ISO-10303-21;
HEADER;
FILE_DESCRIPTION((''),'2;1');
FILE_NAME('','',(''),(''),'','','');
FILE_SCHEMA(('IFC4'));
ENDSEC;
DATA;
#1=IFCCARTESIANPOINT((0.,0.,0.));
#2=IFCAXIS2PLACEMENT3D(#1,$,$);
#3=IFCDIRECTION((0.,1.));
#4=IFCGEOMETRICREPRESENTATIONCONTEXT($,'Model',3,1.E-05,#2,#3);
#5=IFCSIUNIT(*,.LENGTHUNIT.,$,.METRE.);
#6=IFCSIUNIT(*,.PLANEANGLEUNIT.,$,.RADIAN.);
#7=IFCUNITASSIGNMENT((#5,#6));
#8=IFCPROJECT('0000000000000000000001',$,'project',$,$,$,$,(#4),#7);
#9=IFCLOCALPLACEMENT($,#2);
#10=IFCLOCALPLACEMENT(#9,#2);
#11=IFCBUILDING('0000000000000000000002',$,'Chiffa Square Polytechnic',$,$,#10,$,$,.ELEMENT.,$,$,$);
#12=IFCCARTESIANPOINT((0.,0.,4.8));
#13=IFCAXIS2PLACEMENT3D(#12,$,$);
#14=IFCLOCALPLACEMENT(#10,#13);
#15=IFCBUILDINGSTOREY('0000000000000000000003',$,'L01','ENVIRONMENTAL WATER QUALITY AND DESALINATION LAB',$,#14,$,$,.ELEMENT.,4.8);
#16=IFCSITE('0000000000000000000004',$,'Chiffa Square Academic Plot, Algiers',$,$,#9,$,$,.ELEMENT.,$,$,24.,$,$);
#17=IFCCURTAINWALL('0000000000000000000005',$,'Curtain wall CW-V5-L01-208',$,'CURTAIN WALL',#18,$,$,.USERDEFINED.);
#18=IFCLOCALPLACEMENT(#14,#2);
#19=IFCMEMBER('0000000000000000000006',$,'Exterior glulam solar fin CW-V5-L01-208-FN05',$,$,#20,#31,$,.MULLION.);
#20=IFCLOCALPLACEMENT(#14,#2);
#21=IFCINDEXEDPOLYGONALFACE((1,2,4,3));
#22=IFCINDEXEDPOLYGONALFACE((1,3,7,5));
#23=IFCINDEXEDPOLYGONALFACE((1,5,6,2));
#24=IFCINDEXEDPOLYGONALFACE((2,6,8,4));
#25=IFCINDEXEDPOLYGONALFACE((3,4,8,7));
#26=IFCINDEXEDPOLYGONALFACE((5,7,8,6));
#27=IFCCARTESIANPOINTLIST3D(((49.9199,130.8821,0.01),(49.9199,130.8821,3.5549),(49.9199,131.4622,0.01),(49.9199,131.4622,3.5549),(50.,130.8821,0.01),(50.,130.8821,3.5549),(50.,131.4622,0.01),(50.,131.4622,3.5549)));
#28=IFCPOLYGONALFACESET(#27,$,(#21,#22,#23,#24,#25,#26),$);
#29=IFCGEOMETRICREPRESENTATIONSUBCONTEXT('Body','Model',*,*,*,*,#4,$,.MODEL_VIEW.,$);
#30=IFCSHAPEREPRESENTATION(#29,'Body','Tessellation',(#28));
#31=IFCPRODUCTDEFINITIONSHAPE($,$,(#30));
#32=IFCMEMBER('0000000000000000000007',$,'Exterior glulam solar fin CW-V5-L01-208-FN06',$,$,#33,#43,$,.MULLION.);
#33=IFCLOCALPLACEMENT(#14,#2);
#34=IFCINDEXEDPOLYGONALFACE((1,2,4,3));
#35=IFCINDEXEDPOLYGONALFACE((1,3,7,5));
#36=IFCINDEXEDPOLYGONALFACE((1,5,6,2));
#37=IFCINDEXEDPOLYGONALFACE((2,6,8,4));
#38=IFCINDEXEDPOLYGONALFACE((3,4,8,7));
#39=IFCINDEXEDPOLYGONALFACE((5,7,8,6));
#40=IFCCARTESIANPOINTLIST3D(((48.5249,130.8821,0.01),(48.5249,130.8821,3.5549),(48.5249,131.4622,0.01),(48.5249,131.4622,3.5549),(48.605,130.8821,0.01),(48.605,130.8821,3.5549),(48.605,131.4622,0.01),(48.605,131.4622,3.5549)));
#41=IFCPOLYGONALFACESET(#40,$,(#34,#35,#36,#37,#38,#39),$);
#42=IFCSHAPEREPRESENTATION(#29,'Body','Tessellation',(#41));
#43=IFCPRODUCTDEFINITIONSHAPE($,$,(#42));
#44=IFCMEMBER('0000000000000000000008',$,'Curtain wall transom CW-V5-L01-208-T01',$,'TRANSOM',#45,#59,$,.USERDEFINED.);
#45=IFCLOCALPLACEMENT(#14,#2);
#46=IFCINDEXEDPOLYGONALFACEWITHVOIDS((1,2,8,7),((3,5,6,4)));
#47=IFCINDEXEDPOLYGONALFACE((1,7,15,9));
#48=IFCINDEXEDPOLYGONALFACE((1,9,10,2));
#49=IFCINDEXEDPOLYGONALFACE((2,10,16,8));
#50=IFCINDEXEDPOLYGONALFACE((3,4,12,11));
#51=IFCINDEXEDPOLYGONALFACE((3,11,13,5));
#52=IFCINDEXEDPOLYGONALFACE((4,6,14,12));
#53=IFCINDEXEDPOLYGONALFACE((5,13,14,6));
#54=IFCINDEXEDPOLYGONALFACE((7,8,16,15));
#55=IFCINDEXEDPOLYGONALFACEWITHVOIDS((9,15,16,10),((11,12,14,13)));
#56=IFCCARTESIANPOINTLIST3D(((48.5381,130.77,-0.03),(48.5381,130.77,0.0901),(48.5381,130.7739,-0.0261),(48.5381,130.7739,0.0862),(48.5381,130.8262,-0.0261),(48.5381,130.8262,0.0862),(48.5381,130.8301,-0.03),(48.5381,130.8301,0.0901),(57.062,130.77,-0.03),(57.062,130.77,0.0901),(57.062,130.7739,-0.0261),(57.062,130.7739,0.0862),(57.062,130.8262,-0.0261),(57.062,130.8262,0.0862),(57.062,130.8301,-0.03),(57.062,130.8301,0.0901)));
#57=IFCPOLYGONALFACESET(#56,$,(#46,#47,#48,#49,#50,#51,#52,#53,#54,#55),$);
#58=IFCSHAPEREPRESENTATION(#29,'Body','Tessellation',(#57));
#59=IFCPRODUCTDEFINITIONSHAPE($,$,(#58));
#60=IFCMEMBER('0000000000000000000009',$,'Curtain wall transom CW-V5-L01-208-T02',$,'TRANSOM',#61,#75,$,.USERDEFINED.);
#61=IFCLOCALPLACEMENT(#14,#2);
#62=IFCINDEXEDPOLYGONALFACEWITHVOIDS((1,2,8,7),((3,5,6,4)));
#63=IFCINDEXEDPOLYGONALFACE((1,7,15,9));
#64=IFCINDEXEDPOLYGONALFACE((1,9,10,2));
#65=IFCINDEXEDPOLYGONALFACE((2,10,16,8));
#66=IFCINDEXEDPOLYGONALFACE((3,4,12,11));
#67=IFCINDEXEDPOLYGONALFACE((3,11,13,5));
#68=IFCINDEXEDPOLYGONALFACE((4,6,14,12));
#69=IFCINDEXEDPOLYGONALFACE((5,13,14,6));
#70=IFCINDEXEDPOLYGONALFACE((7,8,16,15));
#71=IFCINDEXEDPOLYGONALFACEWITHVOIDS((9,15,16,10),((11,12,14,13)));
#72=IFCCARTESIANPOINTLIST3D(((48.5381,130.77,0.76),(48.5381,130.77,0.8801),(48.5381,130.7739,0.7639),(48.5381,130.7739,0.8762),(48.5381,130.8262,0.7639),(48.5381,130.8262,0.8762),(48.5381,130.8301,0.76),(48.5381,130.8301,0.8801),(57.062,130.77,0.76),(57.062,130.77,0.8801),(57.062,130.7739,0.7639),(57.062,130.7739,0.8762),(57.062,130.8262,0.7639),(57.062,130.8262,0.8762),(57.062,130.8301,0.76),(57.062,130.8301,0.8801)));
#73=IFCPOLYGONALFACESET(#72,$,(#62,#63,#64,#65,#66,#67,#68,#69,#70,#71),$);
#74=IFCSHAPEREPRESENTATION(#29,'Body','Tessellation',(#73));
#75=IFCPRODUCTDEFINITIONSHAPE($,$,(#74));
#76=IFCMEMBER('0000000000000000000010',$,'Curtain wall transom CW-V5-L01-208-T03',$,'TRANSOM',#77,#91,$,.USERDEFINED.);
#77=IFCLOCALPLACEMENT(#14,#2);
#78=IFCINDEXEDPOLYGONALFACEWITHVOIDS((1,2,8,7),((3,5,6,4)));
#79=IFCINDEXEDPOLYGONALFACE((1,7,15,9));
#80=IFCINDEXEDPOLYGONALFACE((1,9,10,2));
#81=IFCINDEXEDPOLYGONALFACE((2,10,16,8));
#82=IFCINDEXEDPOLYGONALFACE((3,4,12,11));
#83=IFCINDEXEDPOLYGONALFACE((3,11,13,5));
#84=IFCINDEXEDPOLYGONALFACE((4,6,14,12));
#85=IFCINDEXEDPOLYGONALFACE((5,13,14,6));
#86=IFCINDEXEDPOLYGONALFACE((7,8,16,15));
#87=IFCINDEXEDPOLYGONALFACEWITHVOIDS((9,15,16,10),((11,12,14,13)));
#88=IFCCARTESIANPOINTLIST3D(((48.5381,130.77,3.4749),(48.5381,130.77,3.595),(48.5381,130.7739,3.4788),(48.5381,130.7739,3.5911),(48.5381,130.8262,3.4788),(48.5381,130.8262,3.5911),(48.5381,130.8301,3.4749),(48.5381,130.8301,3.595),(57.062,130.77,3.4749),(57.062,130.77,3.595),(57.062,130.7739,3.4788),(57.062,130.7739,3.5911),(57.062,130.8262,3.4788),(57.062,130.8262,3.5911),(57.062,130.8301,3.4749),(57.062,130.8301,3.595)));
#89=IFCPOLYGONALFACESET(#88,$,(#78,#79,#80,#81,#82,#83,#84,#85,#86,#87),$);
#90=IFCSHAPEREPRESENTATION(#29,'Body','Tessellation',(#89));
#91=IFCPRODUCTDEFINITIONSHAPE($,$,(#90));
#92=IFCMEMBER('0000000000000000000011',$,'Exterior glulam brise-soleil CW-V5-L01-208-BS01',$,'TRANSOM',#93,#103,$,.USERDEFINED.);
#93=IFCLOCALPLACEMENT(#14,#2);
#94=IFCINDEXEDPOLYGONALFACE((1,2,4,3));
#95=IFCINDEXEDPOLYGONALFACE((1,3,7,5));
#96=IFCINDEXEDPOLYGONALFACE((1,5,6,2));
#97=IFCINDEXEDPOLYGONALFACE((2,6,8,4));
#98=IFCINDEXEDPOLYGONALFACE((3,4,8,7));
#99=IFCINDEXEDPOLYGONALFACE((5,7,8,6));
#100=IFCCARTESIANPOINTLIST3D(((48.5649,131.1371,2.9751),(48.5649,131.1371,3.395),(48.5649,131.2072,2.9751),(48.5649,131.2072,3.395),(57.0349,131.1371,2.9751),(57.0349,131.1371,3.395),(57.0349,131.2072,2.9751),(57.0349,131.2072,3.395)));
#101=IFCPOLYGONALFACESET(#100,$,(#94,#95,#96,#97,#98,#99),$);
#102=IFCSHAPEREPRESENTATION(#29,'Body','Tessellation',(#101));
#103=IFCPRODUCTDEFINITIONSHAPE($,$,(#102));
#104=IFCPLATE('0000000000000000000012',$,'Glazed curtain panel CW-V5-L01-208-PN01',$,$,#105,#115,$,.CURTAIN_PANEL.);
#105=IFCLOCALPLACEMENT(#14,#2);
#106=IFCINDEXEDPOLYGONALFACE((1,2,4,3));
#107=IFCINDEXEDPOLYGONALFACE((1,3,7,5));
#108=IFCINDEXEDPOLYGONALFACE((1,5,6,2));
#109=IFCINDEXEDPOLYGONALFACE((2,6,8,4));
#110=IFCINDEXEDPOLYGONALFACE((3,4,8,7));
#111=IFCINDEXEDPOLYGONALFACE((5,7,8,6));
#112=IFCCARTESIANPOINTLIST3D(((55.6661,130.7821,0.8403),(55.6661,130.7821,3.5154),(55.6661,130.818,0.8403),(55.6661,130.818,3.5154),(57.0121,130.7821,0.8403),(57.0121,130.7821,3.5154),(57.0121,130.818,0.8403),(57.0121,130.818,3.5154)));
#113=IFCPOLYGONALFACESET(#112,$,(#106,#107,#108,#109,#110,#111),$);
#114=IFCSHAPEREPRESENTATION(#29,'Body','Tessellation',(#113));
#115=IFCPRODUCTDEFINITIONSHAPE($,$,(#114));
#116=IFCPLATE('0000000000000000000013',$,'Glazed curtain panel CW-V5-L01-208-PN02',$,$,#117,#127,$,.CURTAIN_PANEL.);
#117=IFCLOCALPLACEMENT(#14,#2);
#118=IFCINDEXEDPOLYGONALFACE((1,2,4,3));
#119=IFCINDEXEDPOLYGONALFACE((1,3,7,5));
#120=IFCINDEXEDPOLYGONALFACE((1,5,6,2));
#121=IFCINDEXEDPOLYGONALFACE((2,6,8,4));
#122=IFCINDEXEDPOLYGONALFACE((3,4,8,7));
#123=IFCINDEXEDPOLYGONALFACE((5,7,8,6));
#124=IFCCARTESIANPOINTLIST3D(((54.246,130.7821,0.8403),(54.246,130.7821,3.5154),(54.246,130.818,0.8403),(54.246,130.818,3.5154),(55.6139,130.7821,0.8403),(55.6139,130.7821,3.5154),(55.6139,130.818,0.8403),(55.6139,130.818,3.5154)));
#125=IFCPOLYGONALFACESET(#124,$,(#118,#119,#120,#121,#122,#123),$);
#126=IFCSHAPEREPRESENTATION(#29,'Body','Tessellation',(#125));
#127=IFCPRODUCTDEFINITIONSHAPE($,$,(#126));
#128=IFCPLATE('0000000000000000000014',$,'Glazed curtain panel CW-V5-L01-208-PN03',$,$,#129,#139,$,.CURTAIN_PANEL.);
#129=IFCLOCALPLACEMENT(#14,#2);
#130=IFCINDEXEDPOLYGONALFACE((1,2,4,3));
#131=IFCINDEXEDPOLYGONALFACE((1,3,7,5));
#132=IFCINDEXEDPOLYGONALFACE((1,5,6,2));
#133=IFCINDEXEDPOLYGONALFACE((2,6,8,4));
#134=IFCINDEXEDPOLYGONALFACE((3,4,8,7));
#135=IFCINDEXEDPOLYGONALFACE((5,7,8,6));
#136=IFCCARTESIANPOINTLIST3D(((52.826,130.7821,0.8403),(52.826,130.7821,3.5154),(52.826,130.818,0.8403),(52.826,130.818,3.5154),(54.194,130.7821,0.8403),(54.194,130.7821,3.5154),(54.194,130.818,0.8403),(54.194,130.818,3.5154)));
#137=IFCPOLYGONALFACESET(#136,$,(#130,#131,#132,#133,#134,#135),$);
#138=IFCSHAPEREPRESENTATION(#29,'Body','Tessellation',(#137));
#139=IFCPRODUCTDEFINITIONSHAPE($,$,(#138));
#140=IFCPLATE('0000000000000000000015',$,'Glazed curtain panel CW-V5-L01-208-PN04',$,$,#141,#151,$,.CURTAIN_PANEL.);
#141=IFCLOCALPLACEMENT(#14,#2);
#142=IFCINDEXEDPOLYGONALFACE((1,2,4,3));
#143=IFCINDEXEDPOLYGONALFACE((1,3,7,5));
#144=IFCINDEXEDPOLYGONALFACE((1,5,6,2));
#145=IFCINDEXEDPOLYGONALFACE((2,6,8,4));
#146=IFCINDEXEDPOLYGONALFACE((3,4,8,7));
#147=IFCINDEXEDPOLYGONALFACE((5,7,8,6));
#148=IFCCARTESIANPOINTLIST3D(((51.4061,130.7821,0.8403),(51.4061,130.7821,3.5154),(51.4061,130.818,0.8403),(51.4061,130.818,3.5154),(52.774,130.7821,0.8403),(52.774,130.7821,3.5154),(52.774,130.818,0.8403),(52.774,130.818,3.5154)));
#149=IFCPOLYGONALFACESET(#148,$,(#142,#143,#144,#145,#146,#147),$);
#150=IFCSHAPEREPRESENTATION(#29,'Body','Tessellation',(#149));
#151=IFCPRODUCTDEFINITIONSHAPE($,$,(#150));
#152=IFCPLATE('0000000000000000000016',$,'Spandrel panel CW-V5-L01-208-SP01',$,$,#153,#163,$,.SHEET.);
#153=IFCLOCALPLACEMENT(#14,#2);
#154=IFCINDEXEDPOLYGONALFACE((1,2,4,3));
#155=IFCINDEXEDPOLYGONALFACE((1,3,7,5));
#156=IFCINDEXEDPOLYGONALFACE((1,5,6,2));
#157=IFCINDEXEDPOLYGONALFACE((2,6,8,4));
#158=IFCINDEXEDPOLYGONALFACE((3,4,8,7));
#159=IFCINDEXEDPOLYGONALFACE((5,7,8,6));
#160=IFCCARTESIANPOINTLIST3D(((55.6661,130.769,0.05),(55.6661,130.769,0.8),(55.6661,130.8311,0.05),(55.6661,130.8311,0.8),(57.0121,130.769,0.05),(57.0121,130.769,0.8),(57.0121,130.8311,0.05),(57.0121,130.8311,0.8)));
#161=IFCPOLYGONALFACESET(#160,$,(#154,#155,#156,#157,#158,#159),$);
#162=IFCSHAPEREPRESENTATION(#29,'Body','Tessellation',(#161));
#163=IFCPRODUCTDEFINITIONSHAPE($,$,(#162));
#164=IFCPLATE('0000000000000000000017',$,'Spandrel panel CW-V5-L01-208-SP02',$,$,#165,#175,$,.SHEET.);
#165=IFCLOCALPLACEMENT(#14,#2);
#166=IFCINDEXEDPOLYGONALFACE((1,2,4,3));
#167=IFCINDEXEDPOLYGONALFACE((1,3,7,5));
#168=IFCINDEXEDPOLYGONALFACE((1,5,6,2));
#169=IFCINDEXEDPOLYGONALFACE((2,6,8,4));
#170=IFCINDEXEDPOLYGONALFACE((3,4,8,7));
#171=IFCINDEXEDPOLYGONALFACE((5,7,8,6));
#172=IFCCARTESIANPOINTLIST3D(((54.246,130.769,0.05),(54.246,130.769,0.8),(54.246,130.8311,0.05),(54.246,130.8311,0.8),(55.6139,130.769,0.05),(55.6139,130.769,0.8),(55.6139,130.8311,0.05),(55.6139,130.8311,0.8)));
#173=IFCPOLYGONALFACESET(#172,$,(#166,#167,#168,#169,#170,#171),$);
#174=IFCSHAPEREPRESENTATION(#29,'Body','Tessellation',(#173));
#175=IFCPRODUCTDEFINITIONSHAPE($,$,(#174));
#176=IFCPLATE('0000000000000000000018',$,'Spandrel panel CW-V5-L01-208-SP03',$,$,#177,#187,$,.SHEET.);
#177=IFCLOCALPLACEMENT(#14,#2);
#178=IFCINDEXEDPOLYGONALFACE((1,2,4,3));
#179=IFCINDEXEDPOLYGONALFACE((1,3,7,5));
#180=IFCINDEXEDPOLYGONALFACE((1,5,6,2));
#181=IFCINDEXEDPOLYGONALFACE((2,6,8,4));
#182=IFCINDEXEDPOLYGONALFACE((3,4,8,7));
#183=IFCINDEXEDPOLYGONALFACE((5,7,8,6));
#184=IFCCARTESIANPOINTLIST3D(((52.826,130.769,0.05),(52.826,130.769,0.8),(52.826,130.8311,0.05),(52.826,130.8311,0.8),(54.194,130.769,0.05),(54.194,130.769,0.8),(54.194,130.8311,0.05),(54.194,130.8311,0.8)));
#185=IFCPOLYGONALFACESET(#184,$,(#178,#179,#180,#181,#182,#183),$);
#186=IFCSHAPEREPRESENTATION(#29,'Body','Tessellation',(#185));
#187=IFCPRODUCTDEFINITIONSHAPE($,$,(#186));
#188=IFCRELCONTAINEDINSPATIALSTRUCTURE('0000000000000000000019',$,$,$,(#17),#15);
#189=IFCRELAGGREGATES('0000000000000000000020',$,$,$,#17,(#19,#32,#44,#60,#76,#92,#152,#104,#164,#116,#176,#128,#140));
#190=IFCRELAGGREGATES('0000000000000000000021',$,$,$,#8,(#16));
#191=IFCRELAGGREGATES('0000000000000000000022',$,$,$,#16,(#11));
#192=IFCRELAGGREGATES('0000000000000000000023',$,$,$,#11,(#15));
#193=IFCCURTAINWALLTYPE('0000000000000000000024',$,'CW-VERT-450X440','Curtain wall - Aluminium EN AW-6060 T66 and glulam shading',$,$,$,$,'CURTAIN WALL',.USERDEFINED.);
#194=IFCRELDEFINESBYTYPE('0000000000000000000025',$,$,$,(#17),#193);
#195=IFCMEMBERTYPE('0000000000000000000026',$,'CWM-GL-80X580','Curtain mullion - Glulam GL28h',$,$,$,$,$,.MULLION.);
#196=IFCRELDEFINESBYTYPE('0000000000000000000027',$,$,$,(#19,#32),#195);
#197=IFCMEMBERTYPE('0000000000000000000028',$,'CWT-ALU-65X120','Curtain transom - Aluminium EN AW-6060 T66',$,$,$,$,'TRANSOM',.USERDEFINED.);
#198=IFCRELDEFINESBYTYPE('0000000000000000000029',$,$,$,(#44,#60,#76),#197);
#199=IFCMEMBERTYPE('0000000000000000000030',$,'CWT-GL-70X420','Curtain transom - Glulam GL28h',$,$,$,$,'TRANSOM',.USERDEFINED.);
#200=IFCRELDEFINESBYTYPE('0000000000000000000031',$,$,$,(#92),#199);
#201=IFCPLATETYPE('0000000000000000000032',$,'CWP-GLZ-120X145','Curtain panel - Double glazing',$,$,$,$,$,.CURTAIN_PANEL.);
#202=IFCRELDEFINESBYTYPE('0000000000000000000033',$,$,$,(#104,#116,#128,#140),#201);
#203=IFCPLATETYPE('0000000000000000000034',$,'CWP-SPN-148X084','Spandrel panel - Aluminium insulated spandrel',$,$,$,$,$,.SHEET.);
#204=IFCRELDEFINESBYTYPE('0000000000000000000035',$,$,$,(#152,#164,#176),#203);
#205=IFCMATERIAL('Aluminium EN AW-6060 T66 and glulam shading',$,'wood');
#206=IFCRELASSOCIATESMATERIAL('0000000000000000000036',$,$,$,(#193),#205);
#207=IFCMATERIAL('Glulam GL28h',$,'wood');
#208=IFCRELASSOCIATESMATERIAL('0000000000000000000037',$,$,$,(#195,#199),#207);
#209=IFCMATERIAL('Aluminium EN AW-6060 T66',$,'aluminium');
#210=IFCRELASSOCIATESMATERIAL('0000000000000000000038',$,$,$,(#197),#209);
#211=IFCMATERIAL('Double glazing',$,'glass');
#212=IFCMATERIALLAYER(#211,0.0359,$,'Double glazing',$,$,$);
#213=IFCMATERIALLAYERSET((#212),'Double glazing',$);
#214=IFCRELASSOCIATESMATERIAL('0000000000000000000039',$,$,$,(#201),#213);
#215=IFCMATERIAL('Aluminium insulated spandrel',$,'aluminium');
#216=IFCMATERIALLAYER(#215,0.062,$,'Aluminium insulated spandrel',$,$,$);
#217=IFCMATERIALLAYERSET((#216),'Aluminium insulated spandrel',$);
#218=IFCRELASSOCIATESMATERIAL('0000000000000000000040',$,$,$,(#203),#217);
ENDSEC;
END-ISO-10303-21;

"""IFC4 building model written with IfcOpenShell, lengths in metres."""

from ifc_helpers import new_model, si_unit, direction, frame, origin, origin_2d, place, context, subcontext, project, spatial, rectangle, hollow_rectangle, extrude, material, layer, layer_set, material_profile, profile_set, type_object, element, aggregate, save


model = new_model("IFC4")

# Units and contexts
model_context = context("Model", 3, precision=1e-05, world=origin(), true_north=direction((0.0, 1.0)))
body_context = subcontext(model_context, "Body", "Model", "MODEL_VIEW")
ifc_project = project(units=[si_unit("LENGTHUNIT", "METRE"), si_unit("PLANEANGLEUNIT", "RADIAN")], contexts=[model_context])

# Site, building, storey
site_placement = place(None, origin())
site = spatial("IfcSite", under=ifc_project, at=site_placement, Name="Chiffa Square Academic Plot, Algiers", CompositionType="ELEMENT", RefElevation=24.0)
building_placement = place(site_placement, origin())
building = spatial("IfcBuilding", under=site, at=building_placement, Name="Chiffa Square Polytechnic", CompositionType="ELEMENT")
storey_placement = place(building_placement, frame((0.0, 0.0, 4.8)))
storey = spatial("IfcBuildingStorey", under=building, at=storey_placement, Name="L01", Description="ENVIRONMENTAL WATER QUALITY AND DESALINATION LAB", CompositionType="ELEMENT", Elevation=4.8)

# Curtain wall, members, plates
ifc_material_1 = material(Name="Aluminium EN AW-6060 T66 and glulam shading", Category="wood")
curtain_wall_type = type_object("IfcCurtainWallType", Name="CW-VERT-450X440", Description="Curtain wall - Aluminium EN AW-6060 T66 and glulam shading", ElementType="CURTAIN WALL", PredefinedType="USERDEFINED", material=ifc_material_1)
curtain_wall_placement = place(storey_placement, origin())
curtain_wall = element("IfcCurtainWall", 1, at=curtain_wall_placement, inside=storey, type_object=curtain_wall_type, Name="Curtain wall CW-V5-L01-208", ObjectType="CURTAIN WALL", PredefinedType="USERDEFINED")
ifc_material_2 = material(Name="Aluminium EN AW-6060 T66", Category="aluminium")
ifc_material_3 = material(Name="Glulam GL28h", Category="wood")
ifc_material_profile_1 = material_profile(ifc_material_3, rectangle(XDim=0.0801, YDim=0.5801, at=origin_2d()), Name="GL28h 80x580")
ifc_profile_set_1 = profile_set([ifc_material_profile_1], Name="Glulam GL28h")
member_type_1 = type_object("IfcMemberType", Name="CWM-GL-80X580", Description="Curtain mullion - Glulam GL28h", PredefinedType="MULLION", material=ifc_profile_set_1)
member_1_placement = place(storey_placement, frame((49.96, 131.1721, 0.01), z_axis=(0.0, 0.0, 1.0), x_axis=(-1.0, 0.0, 0.0)))
member_1 = element("IfcMember", 2, at=member_1_placement, type_object=member_type_1, Name="Exterior glulam solar fin CW-V5-L01-208-FN05", PredefinedType="MULLION", context=body_context, shape_type="SweptSolid", body=[
    extrude(rectangle(XDim=0.0801, YDim=0.5801, at=origin_2d()), origin(), (0.0, 0.0, 1.0), 3.5449),
])
member_2_placement = place(storey_placement, frame((48.5649, 131.1721, 0.01), z_axis=(0.0, 0.0, 1.0), x_axis=(-1.0, 0.0, 0.0)))
member_2 = element("IfcMember", 3, at=member_2_placement, type_object=member_type_1, Name="Exterior glulam solar fin CW-V5-L01-208-FN06", PredefinedType="MULLION", context=body_context, shape_type="SweptSolid", body=[
    extrude(rectangle(XDim=0.0801, YDim=0.5801, at=origin_2d()), origin(), (0.0, 0.0, 1.0), 3.5449),
])
ifc_material_profile_2 = material_profile(ifc_material_2, hollow_rectangle(XDim=0.0601, YDim=0.1201, WallThickness=0.0039, at=origin_2d()), Name="ALU 60x120x4")
ifc_profile_set_2 = profile_set([ifc_material_profile_2], Name="Aluminium EN AW-6060 T66")
member_type_2 = type_object("IfcMemberType", Name="CWT-ALU-65X120", Description="Curtain transom - Aluminium EN AW-6060 T66", ElementType="TRANSOM", PredefinedType="USERDEFINED", material=ifc_profile_set_2)
member_3_placement = place(storey_placement, frame((57.062, 130.8, 0.03), z_axis=(-1.0, 0.0, 0.0), x_axis=(0.0, -1.0, 0.0)))
member_3 = element("IfcMember", 4, at=member_3_placement, type_object=member_type_2, Name="Curtain wall transom CW-V5-L01-208-T01", ObjectType="TRANSOM", PredefinedType="USERDEFINED", context=body_context, shape_type="SweptSolid", body=[
    extrude(hollow_rectangle(XDim=0.0601, YDim=0.1201, WallThickness=0.0039, at=origin_2d()), origin(), (0.0, 0.0, 1.0), 8.5239),
])
member_4_placement = place(storey_placement, frame((57.062, 130.8, 0.8201), z_axis=(-1.0, 0.0, 0.0), x_axis=(0.0, -1.0, 0.0)))
member_4 = element("IfcMember", 5, at=member_4_placement, type_object=member_type_2, Name="Curtain wall transom CW-V5-L01-208-T02", ObjectType="TRANSOM", PredefinedType="USERDEFINED", context=body_context, shape_type="SweptSolid", body=[
    extrude(hollow_rectangle(XDim=0.0601, YDim=0.1201, WallThickness=0.0039, at=origin_2d()), origin(), (0.0, 0.0, 1.0), 8.5239),
])
member_5_placement = place(storey_placement, frame((57.062, 130.8, 3.5349), z_axis=(-1.0, 0.0, 0.0), x_axis=(0.0, -1.0, 0.0)))
member_5 = element("IfcMember", 6, at=member_5_placement, type_object=member_type_2, Name="Curtain wall transom CW-V5-L01-208-T03", ObjectType="TRANSOM", PredefinedType="USERDEFINED", context=body_context, shape_type="SweptSolid", body=[
    extrude(hollow_rectangle(XDim=0.0601, YDim=0.1201, WallThickness=0.0039, at=origin_2d()), origin(), (0.0, 0.0, 1.0), 8.5239),
])
ifc_material_profile_3 = material_profile(ifc_material_3, rectangle(XDim=0.0701, YDim=0.4199, at=origin_2d()), Name="GL28h 70x420")
ifc_profile_set_3 = profile_set([ifc_material_profile_3], Name="Glulam GL28h")
member_type_3 = type_object("IfcMemberType", Name="CWT-GL-70X420", Description="Curtain transom - Glulam GL28h", ElementType="TRANSOM", PredefinedType="USERDEFINED", material=ifc_profile_set_3)
member_6_placement = place(storey_placement, frame((57.0349, 131.1721, 3.1851), z_axis=(-1.0, 0.0, 0.0), x_axis=(0.0, -1.0, 0.0)))
member_6 = element("IfcMember", 7, at=member_6_placement, type_object=member_type_3, Name="Exterior glulam brise-soleil CW-V5-L01-208-BS01", ObjectType="TRANSOM", PredefinedType="USERDEFINED", context=body_context, shape_type="SweptSolid", body=[
    extrude(rectangle(XDim=0.0701, YDim=0.4199, at=origin_2d()), origin(), (0.0, 0.0, 1.0), 8.47),
])
ifc_material_4 = material(Name="Double glazing", Category="glass")
ifc_layer_1 = layer(ifc_material_4, 0.0359, Name="Double glazing")
ifc_layer_set_1 = layer_set([ifc_layer_1], Name="Double glazing")
plate_type_1 = type_object("IfcPlateType", Name="CWP-GLZ-120X145", Description="Curtain panel - Double glazing", PredefinedType="CURTAIN_PANEL", material=ifc_layer_set_1)
plate_1_placement = place(storey_placement, frame((56.3391, 130.8, 0.8403), z_axis=(0.0, 0.0, 1.0), x_axis=(-1.0, 0.0, 0.0)))
plate_1 = element("IfcPlate", 8, at=plate_1_placement, type_object=plate_type_1, Name="Glazed curtain panel CW-V5-L01-208-PN01", PredefinedType="CURTAIN_PANEL", context=body_context, shape_type="SweptSolid", body=[
    extrude(rectangle(XDim=1.3459, YDim=0.0359, at=origin_2d()), origin(), (0.0, 0.0, 1.0), 2.675),
])
plate_2_placement = place(storey_placement, frame((54.9299, 130.8, 0.8403), z_axis=(0.0, 0.0, 1.0), x_axis=(-1.0, 0.0, 0.0)))
plate_2 = element("IfcPlate", 9, at=plate_2_placement, type_object=plate_type_1, Name="Glazed curtain panel CW-V5-L01-208-PN02", PredefinedType="CURTAIN_PANEL", context=body_context, shape_type="SweptSolid", body=[
    extrude(rectangle(XDim=1.3679, YDim=0.0359, at=origin_2d()), origin(), (0.0, 0.0, 1.0), 2.675),
])
plate_3_placement = place(storey_placement, frame((53.51, 130.8, 0.8403), z_axis=(0.0, 0.0, 1.0), x_axis=(-1.0, 0.0, 0.0)))
plate_3 = element("IfcPlate", 10, at=plate_3_placement, type_object=plate_type_1, Name="Glazed curtain panel CW-V5-L01-208-PN03", PredefinedType="CURTAIN_PANEL", context=body_context, shape_type="SweptSolid", body=[
    extrude(rectangle(XDim=1.3679, YDim=0.0359, at=origin_2d()), origin(), (0.0, 0.0, 1.0), 2.675),
])
plate_4_placement = place(storey_placement, frame((52.0901, 130.8, 0.8403), z_axis=(0.0, 0.0, 1.0), x_axis=(-1.0, 0.0, 0.0)))
plate_4 = element("IfcPlate", 11, at=plate_4_placement, type_object=plate_type_1, Name="Glazed curtain panel CW-V5-L01-208-PN04", PredefinedType="CURTAIN_PANEL", context=body_context, shape_type="SweptSolid", body=[
    extrude(rectangle(XDim=1.3679, YDim=0.0359, at=origin_2d()), origin(), (0.0, 0.0, 1.0), 2.675),
])
ifc_material_5 = material(Name="Aluminium insulated spandrel", Category="aluminium")
ifc_layer_2 = layer(ifc_material_5, 0.062, Name="Aluminium insulated spandrel")
ifc_layer_set_2 = layer_set([ifc_layer_2], Name="Aluminium insulated spandrel")
plate_type_2 = type_object("IfcPlateType", Name="CWP-SPN-148X084", Description="Spandrel panel - Aluminium insulated spandrel", PredefinedType="SHEET", material=ifc_layer_set_2)
plate_5_placement = place(storey_placement, frame((56.3391, 130.8, 0.05), z_axis=(0.0, 0.0, 1.0), x_axis=(-1.0, 0.0, 0.0)))
plate_5 = element("IfcPlate", 12, at=plate_5_placement, type_object=plate_type_2, Name="Spandrel panel CW-V5-L01-208-SP01", PredefinedType="SHEET", context=body_context, shape_type="SweptSolid", body=[
    extrude(rectangle(XDim=1.3459, YDim=0.062, at=origin_2d()), origin(), (0.0, 0.0, 1.0), 0.75),
])
plate_6_placement = place(storey_placement, frame((54.9299, 130.8, 0.05), z_axis=(0.0, 0.0, 1.0), x_axis=(-1.0, 0.0, 0.0)))
plate_6 = element("IfcPlate", 13, at=plate_6_placement, type_object=plate_type_2, Name="Spandrel panel CW-V5-L01-208-SP02", PredefinedType="SHEET", context=body_context, shape_type="SweptSolid", body=[
    extrude(rectangle(XDim=1.3679, YDim=0.062, at=origin_2d()), origin(), (0.0, 0.0, 1.0), 0.75),
])
plate_7_placement = place(storey_placement, frame((53.51, 130.8, 0.05), z_axis=(0.0, 0.0, 1.0), x_axis=(-1.0, 0.0, 0.0)))
plate_7 = element("IfcPlate", 14, at=plate_7_placement, type_object=plate_type_2, Name="Spandrel panel CW-V5-L01-208-SP03", PredefinedType="SHEET", context=body_context, shape_type="SweptSolid", body=[
    extrude(rectangle(XDim=1.3679, YDim=0.062, at=origin_2d()), origin(), (0.0, 0.0, 1.0), 0.75),
])
aggregate(curtain_wall, [member_1, member_2, member_3, member_4, member_5, member_6, plate_5, plate_1, plate_6, plate_2, plate_7, plate_3, plate_4])

save(model, "model.ifc")
